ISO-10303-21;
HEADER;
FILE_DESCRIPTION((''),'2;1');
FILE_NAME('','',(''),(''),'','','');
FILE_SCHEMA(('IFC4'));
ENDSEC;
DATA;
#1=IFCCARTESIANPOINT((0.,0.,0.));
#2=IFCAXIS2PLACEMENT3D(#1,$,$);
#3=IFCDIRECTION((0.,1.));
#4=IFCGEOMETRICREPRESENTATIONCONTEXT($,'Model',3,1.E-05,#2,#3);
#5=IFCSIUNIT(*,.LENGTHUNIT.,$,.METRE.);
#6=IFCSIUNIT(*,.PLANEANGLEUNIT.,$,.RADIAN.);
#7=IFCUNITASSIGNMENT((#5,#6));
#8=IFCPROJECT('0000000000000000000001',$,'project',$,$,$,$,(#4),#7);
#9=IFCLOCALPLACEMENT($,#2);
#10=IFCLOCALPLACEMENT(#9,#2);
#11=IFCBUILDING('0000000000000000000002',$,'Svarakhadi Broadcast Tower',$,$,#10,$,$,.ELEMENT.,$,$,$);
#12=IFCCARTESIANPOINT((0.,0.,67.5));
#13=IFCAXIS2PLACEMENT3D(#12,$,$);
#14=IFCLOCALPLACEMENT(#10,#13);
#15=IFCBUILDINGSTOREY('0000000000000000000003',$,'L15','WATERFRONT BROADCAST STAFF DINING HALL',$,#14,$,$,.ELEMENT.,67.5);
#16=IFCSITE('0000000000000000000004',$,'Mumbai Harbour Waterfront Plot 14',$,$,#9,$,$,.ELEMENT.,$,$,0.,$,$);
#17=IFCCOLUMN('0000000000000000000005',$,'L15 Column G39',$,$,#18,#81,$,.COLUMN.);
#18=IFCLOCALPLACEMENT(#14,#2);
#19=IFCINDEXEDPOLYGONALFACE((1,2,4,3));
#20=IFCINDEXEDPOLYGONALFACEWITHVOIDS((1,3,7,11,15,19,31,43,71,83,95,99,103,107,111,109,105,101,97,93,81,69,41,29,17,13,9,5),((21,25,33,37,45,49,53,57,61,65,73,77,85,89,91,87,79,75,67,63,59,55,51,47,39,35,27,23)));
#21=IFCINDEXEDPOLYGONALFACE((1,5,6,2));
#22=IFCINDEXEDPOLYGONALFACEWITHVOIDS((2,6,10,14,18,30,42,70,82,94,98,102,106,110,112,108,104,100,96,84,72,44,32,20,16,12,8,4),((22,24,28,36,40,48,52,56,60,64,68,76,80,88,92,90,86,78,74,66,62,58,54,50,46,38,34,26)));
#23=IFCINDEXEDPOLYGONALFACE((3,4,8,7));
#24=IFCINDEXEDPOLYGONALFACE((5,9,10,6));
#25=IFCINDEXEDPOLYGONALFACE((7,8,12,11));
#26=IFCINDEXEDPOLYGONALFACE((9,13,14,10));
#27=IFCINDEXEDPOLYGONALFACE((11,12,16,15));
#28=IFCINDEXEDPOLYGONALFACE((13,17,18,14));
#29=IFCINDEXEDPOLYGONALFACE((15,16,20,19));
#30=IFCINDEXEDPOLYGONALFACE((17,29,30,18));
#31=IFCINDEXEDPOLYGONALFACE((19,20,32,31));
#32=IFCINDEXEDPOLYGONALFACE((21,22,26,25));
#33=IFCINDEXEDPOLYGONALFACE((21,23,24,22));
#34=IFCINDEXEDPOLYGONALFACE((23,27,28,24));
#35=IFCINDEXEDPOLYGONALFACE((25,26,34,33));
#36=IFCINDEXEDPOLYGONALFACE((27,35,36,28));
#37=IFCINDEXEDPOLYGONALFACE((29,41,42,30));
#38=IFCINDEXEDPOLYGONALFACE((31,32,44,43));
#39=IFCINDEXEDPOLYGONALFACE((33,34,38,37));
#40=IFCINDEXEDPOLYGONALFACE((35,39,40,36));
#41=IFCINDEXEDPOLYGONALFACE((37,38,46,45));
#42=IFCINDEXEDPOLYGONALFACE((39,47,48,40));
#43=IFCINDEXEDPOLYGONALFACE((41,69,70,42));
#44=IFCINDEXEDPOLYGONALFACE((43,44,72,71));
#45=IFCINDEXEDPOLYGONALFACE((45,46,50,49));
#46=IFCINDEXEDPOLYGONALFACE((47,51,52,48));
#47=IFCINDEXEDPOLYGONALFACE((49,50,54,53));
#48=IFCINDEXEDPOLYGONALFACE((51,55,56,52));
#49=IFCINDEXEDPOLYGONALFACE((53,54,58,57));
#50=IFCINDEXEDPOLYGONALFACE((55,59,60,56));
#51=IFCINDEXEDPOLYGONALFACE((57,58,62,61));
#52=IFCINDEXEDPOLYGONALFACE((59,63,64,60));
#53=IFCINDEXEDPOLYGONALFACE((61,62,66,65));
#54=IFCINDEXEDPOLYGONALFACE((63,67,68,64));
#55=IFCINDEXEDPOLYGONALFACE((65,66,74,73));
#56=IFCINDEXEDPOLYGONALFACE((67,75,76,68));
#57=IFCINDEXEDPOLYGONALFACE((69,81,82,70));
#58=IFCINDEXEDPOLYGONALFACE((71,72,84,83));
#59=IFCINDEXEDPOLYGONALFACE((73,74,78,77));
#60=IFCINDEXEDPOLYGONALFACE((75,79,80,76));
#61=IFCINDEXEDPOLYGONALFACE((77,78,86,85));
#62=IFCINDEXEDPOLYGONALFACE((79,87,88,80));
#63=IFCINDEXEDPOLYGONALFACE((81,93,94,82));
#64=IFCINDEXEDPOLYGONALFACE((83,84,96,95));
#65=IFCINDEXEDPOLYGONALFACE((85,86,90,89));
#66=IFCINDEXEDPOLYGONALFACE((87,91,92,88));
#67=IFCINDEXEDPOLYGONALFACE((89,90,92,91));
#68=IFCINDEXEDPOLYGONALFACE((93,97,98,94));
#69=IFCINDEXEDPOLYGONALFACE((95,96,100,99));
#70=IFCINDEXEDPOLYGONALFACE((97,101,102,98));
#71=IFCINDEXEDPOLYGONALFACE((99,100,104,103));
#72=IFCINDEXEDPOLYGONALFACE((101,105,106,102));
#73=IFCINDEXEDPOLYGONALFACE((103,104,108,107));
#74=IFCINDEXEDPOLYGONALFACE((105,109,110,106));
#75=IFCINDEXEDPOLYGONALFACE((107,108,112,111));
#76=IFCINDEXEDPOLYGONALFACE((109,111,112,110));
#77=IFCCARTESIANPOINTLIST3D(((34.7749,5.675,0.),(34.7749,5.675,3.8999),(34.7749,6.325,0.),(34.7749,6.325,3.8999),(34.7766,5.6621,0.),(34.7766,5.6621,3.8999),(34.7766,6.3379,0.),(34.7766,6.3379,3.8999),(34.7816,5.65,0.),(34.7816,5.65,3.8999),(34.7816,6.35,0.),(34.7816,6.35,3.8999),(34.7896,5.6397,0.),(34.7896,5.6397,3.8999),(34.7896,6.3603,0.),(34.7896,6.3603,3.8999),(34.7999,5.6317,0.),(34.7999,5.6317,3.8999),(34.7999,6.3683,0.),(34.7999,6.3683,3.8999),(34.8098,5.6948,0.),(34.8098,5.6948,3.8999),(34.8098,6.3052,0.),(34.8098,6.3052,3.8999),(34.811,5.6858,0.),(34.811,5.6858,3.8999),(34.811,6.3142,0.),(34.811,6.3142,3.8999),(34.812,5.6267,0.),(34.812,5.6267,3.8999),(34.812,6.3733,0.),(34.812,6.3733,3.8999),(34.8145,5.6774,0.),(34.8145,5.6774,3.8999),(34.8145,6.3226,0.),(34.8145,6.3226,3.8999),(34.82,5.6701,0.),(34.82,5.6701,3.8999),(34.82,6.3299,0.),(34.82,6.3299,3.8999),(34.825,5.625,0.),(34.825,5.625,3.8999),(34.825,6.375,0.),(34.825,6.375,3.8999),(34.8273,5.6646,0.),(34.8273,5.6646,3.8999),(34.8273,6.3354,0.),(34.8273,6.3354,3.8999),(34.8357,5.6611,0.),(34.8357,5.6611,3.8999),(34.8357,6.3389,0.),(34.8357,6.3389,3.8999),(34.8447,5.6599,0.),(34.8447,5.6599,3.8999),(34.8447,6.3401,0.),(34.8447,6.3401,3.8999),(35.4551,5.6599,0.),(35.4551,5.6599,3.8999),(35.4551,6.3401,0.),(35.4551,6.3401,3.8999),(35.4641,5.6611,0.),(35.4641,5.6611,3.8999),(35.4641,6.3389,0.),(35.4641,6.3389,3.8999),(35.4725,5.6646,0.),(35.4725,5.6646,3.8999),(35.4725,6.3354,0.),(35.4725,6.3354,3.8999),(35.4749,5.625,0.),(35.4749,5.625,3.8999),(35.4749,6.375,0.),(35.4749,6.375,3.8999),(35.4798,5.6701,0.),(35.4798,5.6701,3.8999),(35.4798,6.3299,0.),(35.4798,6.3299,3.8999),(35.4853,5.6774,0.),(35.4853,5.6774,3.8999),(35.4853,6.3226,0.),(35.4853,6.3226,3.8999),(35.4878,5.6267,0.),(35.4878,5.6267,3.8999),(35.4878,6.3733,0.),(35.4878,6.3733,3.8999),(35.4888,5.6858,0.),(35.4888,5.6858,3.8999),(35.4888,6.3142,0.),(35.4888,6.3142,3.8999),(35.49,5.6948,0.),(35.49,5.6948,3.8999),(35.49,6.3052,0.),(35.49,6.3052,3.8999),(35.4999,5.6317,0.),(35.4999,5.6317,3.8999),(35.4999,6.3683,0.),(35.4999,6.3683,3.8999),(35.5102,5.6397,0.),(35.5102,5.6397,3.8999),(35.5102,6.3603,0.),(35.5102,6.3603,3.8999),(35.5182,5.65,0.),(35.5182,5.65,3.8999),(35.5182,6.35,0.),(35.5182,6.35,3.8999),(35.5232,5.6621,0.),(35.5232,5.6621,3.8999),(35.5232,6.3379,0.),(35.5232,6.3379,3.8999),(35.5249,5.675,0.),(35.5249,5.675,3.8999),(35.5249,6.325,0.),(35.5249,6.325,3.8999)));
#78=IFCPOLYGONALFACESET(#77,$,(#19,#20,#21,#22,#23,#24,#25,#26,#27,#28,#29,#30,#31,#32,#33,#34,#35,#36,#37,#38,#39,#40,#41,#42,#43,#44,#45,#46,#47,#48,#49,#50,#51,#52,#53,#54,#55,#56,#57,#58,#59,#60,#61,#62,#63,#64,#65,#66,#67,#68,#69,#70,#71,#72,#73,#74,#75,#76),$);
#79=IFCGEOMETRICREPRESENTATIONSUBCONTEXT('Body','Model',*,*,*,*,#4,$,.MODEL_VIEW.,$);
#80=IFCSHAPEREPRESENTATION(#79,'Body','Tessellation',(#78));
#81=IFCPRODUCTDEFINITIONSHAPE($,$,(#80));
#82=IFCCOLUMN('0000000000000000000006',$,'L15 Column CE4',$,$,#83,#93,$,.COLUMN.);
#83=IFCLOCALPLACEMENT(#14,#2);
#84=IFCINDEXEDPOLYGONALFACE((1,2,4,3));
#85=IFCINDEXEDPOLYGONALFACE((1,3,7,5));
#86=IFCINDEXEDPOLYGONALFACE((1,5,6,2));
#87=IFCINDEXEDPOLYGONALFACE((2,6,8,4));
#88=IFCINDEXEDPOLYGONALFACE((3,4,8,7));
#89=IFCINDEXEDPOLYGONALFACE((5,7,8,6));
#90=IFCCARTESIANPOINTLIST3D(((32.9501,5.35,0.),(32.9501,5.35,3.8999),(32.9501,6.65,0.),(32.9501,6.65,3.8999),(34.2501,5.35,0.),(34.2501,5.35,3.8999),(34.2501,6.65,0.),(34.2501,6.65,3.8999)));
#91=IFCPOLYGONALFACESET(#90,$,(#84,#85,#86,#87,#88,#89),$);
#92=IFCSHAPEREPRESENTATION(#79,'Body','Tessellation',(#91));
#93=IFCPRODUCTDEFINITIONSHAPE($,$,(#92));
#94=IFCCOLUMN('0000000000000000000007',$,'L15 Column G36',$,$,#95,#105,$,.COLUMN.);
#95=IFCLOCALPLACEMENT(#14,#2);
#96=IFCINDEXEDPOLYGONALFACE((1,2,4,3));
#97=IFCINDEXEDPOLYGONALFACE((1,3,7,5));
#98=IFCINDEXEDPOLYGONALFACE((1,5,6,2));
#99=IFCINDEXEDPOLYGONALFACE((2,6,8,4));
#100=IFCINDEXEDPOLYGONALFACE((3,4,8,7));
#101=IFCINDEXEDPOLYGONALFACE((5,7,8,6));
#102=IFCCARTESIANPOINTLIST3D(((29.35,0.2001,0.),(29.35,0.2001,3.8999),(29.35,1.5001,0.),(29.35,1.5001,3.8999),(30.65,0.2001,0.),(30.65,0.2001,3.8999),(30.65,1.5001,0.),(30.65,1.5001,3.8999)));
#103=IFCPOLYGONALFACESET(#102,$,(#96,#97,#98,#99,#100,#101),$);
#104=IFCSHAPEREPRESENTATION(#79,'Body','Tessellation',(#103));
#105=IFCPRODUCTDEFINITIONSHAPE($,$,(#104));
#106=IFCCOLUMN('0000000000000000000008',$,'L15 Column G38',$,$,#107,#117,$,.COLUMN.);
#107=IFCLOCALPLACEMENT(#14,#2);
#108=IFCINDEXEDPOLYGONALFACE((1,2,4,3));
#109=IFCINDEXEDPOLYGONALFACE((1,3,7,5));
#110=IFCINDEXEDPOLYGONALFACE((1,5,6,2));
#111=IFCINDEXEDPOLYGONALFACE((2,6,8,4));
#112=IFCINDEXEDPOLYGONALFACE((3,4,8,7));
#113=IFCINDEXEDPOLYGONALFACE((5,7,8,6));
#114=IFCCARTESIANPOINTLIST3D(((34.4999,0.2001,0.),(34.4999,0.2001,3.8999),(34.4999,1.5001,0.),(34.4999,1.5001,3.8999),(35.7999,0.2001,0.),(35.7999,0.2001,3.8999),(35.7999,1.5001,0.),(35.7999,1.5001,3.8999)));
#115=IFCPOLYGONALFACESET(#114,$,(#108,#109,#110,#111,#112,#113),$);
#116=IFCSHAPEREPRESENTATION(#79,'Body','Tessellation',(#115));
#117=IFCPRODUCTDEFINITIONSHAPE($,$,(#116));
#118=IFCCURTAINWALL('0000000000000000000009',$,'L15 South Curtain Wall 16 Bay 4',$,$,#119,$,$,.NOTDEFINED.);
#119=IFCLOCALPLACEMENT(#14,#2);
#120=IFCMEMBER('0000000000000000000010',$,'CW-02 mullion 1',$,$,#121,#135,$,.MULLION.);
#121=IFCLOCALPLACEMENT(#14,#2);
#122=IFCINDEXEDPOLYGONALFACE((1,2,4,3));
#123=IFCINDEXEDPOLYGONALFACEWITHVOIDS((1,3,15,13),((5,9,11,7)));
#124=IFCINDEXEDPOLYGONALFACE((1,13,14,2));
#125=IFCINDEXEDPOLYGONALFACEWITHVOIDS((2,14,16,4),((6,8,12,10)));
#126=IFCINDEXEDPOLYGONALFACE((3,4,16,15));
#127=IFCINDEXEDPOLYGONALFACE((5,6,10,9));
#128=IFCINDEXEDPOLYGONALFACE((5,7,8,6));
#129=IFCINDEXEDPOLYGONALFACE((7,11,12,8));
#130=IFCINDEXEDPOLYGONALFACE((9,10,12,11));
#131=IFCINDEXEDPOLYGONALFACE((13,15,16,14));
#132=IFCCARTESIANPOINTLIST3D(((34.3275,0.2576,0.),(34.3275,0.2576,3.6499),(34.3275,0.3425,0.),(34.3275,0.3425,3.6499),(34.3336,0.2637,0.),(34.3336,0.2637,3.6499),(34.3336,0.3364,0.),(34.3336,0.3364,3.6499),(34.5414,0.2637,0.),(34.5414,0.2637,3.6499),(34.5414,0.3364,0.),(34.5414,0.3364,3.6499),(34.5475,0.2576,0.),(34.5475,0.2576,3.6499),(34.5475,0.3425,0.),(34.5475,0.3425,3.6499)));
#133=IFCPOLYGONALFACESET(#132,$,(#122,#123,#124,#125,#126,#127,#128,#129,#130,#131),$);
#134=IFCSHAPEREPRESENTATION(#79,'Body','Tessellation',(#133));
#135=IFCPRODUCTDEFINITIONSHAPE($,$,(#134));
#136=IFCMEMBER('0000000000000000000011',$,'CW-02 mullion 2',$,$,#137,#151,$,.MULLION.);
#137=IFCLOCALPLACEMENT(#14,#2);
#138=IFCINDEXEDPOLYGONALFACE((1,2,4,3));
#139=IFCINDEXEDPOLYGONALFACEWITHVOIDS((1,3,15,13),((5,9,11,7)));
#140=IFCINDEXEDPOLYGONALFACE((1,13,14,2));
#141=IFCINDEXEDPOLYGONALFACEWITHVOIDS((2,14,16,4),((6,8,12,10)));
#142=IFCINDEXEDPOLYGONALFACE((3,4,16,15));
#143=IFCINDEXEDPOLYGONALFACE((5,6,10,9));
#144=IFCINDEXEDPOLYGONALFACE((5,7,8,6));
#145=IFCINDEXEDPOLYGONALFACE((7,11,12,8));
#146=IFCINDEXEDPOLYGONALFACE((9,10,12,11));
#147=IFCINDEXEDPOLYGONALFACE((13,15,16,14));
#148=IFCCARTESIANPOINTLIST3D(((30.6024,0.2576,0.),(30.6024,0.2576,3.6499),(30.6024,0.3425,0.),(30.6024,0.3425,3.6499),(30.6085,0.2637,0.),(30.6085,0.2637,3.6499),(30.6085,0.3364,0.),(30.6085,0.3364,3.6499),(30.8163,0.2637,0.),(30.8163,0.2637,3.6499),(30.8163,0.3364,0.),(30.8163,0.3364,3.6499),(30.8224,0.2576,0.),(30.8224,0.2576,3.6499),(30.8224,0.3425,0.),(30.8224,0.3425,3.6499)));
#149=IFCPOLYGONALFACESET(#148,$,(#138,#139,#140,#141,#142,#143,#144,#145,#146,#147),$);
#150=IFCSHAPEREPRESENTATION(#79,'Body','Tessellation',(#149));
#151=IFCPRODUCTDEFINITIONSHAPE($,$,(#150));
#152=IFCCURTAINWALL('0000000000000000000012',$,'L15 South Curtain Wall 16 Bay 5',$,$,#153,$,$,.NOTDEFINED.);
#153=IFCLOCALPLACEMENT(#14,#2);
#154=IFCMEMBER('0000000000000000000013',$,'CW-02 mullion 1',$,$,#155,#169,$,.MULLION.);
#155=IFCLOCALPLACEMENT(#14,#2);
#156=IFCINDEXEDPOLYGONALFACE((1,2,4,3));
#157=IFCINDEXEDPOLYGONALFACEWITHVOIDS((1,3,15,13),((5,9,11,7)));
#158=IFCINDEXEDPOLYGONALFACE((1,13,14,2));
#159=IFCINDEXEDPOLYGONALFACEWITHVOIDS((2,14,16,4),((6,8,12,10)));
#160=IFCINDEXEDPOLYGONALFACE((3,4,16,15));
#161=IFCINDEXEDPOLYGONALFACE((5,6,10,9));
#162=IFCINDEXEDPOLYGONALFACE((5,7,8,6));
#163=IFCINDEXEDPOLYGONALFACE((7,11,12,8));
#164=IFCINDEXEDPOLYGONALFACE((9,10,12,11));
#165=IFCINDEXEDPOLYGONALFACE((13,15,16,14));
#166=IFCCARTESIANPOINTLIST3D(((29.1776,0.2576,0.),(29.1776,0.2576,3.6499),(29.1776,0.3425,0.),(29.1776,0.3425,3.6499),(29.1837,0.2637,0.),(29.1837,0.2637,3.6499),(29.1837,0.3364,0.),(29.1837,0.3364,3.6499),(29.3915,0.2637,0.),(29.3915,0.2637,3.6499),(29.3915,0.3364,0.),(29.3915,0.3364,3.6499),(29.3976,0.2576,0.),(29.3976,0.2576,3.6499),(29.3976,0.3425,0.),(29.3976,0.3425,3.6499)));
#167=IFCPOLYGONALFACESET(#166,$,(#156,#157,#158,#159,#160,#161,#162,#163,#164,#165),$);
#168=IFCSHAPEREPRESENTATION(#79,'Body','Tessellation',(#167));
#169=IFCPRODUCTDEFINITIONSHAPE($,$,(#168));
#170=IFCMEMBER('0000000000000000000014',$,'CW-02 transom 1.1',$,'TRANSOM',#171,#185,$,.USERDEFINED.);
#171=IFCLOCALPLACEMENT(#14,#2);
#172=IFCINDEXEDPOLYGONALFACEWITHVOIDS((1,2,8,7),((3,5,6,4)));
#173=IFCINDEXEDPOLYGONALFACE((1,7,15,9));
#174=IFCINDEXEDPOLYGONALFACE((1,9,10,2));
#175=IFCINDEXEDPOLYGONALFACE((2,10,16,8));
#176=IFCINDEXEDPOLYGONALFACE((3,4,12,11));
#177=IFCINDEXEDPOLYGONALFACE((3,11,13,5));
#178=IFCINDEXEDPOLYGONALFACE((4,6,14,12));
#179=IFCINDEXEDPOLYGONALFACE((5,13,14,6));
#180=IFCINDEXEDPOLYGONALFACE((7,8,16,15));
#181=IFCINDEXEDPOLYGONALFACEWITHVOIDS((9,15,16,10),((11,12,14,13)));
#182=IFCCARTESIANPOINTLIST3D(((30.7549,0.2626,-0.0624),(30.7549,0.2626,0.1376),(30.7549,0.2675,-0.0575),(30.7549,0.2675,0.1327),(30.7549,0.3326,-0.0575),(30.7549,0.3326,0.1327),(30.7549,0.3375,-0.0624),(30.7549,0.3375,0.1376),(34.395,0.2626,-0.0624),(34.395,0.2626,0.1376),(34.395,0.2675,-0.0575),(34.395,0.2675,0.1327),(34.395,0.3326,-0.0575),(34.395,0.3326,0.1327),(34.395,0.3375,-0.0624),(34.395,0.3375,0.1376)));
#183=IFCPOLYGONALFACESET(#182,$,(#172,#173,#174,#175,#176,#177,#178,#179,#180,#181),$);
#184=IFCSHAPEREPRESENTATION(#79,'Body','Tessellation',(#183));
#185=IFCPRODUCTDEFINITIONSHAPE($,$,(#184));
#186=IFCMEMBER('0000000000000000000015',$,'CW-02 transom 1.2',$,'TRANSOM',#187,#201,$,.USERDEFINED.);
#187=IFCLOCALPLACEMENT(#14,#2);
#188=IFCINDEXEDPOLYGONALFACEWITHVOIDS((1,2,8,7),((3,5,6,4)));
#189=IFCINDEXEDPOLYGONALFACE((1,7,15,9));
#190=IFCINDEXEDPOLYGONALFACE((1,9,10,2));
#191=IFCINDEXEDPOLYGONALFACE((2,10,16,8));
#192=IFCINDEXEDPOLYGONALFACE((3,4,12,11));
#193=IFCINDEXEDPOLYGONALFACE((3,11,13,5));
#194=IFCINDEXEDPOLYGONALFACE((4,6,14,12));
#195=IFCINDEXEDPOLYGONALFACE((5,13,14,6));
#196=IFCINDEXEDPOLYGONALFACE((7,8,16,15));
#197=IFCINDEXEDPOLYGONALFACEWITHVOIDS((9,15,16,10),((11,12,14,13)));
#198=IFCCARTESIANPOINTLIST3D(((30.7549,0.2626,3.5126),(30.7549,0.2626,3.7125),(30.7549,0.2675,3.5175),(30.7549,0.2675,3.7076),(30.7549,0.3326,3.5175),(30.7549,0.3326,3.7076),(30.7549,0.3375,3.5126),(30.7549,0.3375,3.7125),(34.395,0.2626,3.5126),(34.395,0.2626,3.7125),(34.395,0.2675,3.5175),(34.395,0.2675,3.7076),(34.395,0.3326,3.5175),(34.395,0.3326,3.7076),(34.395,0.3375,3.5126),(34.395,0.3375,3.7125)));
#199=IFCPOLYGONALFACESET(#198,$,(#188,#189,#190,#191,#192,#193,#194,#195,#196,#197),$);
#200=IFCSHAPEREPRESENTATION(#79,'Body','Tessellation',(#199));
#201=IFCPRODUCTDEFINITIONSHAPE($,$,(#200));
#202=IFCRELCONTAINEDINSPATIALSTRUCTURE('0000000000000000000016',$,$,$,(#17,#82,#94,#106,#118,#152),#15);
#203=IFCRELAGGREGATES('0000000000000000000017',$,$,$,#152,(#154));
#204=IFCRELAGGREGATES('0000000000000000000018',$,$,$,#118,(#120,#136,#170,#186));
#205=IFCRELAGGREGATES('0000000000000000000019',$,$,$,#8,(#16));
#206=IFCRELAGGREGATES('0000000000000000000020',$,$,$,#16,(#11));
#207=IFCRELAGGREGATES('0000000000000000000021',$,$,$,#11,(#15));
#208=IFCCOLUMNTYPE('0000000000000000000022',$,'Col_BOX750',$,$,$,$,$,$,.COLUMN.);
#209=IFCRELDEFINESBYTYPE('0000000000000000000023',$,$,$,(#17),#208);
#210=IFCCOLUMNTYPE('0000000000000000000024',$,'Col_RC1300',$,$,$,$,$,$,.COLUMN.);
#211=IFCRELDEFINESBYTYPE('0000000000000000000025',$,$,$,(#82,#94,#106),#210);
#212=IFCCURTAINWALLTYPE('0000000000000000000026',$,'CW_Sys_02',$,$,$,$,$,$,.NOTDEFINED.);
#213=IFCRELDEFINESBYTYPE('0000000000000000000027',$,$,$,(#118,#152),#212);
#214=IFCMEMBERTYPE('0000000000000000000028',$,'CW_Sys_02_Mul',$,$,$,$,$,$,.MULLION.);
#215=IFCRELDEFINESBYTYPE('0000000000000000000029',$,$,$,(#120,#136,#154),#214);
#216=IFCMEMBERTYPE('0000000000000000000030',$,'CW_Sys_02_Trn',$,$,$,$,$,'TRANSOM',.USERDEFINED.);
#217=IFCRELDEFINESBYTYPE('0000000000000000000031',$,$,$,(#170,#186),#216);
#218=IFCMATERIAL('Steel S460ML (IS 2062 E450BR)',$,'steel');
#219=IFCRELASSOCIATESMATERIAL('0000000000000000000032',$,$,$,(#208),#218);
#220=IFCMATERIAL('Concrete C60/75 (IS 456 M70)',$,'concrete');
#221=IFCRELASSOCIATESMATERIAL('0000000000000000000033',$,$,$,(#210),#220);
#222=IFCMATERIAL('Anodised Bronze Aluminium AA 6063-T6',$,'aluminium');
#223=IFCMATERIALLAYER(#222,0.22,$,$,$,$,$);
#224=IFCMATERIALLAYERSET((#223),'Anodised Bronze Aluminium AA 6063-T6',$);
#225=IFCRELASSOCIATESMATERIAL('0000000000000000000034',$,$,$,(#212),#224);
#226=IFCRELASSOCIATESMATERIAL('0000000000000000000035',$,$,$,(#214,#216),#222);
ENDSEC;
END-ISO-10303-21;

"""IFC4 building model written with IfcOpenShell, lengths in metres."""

from ifc_helpers import new_model, si_unit, direction, frame, origin, origin_2d, place, context, subcontext, project, spatial, rectangle, hollow_rectangle, extrude, material, layer, layer_set, material_profile, profile_set, type_object, element, aggregate, save


model = new_model("IFC4")

# Units and contexts
model_context = context("Model", 3, precision=1e-05, world=origin(), true_north=direction((0.0, 1.0)))
body_context = subcontext(model_context, "Body", "Model", "MODEL_VIEW")
ifc_project = project(units=[si_unit("LENGTHUNIT", "METRE"), si_unit("PLANEANGLEUNIT", "RADIAN")], contexts=[model_context])

# Site, building, storey
site_placement = place(None, origin())
site = spatial("IfcSite", under=ifc_project, at=site_placement, Name="Mumbai Harbour Waterfront Plot 14", CompositionType="ELEMENT", RefElevation=0.0)
building_placement = place(site_placement, origin())
building = spatial("IfcBuilding", under=site, at=building_placement, Name="Svarakhadi Broadcast Tower", CompositionType="ELEMENT")
storey_placement = place(building_placement, frame((0.0, 0.0, 67.5)))
storey = spatial("IfcBuildingStorey", under=building, at=storey_placement, Name="L15", Description="WATERFRONT BROADCAST STAFF DINING HALL", CompositionType="ELEMENT", Elevation=67.5)

# Columns
ifc_material_1 = material(Name="Steel S460ML (IS 2062 E450BR)", Category="steel")
ifc_material_profile_1 = material_profile(ifc_material_1, hollow_rectangle(XDim=0.75, YDim=0.75, WallThickness=0.0349, InnerFilletRadius=0.0349, OuterFilletRadius=0.05, at=origin_2d()), Name="BOX 750x750x35")
ifc_profile_set_1 = profile_set([ifc_material_profile_1], Name="Steel S460ML (IS 2062 E450BR)")
column_type_1 = type_object("IfcColumnType", Name="Col_BOX750", PredefinedType="COLUMN", material=ifc_profile_set_1)
column_placement = place(storey_placement, frame((35.1499, 6.0, 0.0), z_axis=(0.0, 0.0, 1.0), x_axis=(1.0, 0.0, 0.0)))
element("IfcColumn", 1, at=column_placement, inside=storey, type_object=column_type_1, Name="L15 Column G39", PredefinedType="COLUMN", context=body_context, shape_type="SweptSolid", body=[
    extrude(hollow_rectangle(XDim=0.75, YDim=0.75, WallThickness=0.0349, InnerFilletRadius=0.0349, OuterFilletRadius=0.05, at=origin_2d()), origin(), (0.0, 0.0, 1.0), 3.8999),
])
ifc_material_2 = material(Name="Concrete C60/75 (IS 456 M70)", Category="concrete")
ifc_material_profile_2 = material_profile(ifc_material_2, rectangle(XDim=1.3, YDim=1.3, at=origin_2d()), Name="RC 1300x1300")
ifc_profile_set_2 = profile_set([ifc_material_profile_2], Name="Concrete C60/75 (IS 456 M70)")
column_type_2 = type_object("IfcColumnType", Name="Col_RC1300", PredefinedType="COLUMN", material=ifc_profile_set_2)
for number, where, z_axis, x_axis, name in (
    (2, (33.6001, 6.0, 0.0), (0.0, 0.0, 1.0), (1.0, 0.0, 0.0), "L15 Column CE4"),
    (3, (30.0, 0.8501, 0.0), (0.0, 0.0, 1.0), (1.0, 0.0, 0.0), "L15 Column G36"),
    (4, (35.1499, 0.8501, 0.0), (0.0, 0.0, 1.0), (1.0, 0.0, 0.0), "L15 Column G38"),
):
    element("IfcColumn", number, at=place(storey_placement, frame(where, z_axis=z_axis, x_axis=x_axis)), inside=storey, type_object=column_type_2, Name=name, PredefinedType="COLUMN", context=body_context, shape_type="SweptSolid", body=[
        extrude(rectangle(XDim=1.3, YDim=1.3, at=origin_2d()), origin(), (0.0, 0.0, 1.0), 3.8999),
    ])

# Curtain wall, members
ifc_material_3 = material(Name="Anodised Bronze Aluminium AA 6063-T6", Category="aluminium")
ifc_layer_1 = layer(ifc_material_3, 0.22)
ifc_layer_set_1 = layer_set([ifc_layer_1], Name="Anodised Bronze Aluminium AA 6063-T6")
curtain_wall_type = type_object("IfcCurtainWallType", Name="CW_Sys_02", PredefinedType="NOTDEFINED", material=ifc_layer_set_1)
curtain_wall_1_placement = place(storey_placement, origin())
curtain_wall_1 = element("IfcCurtainWall", 5, at=curtain_wall_1_placement, inside=storey, type_object=curtain_wall_type, Name="L15 South Curtain Wall 16 Bay 4", PredefinedType="NOTDEFINED")
ifc_material_profile_3 = material_profile(ifc_material_3, hollow_rectangle(XDim=0.085, YDim=0.22, WallThickness=0.0061, at=origin_2d()), Name="ALU MULLION 220x85x6")
ifc_profile_set_3 = profile_set([ifc_material_profile_3], Name="Anodised Bronze Aluminium AA 6063-T6")
member_type_1 = type_object("IfcMemberType", Name="CW_Sys_02_Mul", PredefinedType="MULLION", material=ifc_profile_set_3)
member_1_placement = place(storey_placement, frame((34.4375, 0.3, 0.0), z_axis=(0.0, 0.0, 1.0), x_axis=(0.0, -1.0, 0.0)))
member_1 = element("IfcMember", 6, at=member_1_placement, type_object=member_type_1, Name="CW-02 mullion 1", PredefinedType="MULLION", context=body_context, shape_type="SweptSolid", body=[
    extrude(hollow_rectangle(XDim=0.085, YDim=0.22, WallThickness=0.0061, at=origin_2d()), origin(), (0.0, 0.0, 1.0), 3.6499),
])
member_2_placement = place(storey_placement, frame((30.7124, 0.3, 0.0), z_axis=(0.0, 0.0, 1.0), x_axis=(0.0, -1.0, 0.0)))
member_2 = element("IfcMember", 7, at=member_2_placement, type_object=member_type_1, Name="CW-02 mullion 2", PredefinedType="MULLION", context=body_context, shape_type="SweptSolid", body=[
    extrude(hollow_rectangle(XDim=0.085, YDim=0.22, WallThickness=0.0061, at=origin_2d()), origin(), (0.0, 0.0, 1.0), 3.6499),
])

# Curtain wall, member
curtain_wall_2_placement = place(storey_placement, origin())
curtain_wall_2 = element("IfcCurtainWall", 8, at=curtain_wall_2_placement, inside=storey, type_object=curtain_wall_type, Name="L15 South Curtain Wall 16 Bay 5", PredefinedType="NOTDEFINED")
member_3_placement = place(storey_placement, frame((29.2876, 0.3, 0.0), z_axis=(0.0, 0.0, 1.0), x_axis=(0.0, -1.0, 0.0)))
member_3 = element("IfcMember", 9, at=member_3_placement, type_object=member_type_1, Name="CW-02 mullion 1", PredefinedType="MULLION", context=body_context, shape_type="SweptSolid", body=[
    extrude(hollow_rectangle(XDim=0.085, YDim=0.22, WallThickness=0.0061, at=origin_2d()), origin(), (0.0, 0.0, 1.0), 3.6499),
])

# Members
ifc_material_profile_4 = material_profile(ifc_material_3, hollow_rectangle(XDim=0.075, YDim=0.2, WallThickness=0.0049, at=origin_2d()), Name="ALU TRANSOM 200x75x5")
ifc_profile_set_4 = profile_set([ifc_material_profile_4], Name="Anodised Bronze Aluminium AA 6063-T6")
member_type_2 = type_object("IfcMemberType", Name="CW_Sys_02_Trn", ElementType="TRANSOM", PredefinedType="USERDEFINED", material=ifc_profile_set_4)
member_4_placement = place(storey_placement, frame((34.395, 0.3, 0.0376), z_axis=(-1.0, 0.0, 0.0), x_axis=(0.0, -1.0, 0.0)))
member_4 = element("IfcMember", 10, at=member_4_placement, type_object=member_type_2, Name="CW-02 transom 1.1", ObjectType="TRANSOM", PredefinedType="USERDEFINED", context=body_context, shape_type="SweptSolid", body=[
    extrude(hollow_rectangle(XDim=0.075, YDim=0.2, WallThickness=0.0049, at=origin_2d()), origin(), (0.0, 0.0, 1.0), 3.6401),
])
member_5_placement = place(storey_placement, frame((34.395, 0.3, 3.6125), z_axis=(-1.0, 0.0, 0.0), x_axis=(0.0, -1.0, 0.0)))
member_5 = element("IfcMember", 11, at=member_5_placement, type_object=member_type_2, Name="CW-02 transom 1.2", ObjectType="TRANSOM", PredefinedType="USERDEFINED", context=body_context, shape_type="SweptSolid", body=[
    extrude(hollow_rectangle(XDim=0.075, YDim=0.2, WallThickness=0.0049, at=origin_2d()), origin(), (0.0, 0.0, 1.0), 3.6401),
])
aggregate(curtain_wall_2, [member_3])

aggregate(curtain_wall_1, [member_1, member_2, member_4, member_5])

save(model, "model.ifc")
